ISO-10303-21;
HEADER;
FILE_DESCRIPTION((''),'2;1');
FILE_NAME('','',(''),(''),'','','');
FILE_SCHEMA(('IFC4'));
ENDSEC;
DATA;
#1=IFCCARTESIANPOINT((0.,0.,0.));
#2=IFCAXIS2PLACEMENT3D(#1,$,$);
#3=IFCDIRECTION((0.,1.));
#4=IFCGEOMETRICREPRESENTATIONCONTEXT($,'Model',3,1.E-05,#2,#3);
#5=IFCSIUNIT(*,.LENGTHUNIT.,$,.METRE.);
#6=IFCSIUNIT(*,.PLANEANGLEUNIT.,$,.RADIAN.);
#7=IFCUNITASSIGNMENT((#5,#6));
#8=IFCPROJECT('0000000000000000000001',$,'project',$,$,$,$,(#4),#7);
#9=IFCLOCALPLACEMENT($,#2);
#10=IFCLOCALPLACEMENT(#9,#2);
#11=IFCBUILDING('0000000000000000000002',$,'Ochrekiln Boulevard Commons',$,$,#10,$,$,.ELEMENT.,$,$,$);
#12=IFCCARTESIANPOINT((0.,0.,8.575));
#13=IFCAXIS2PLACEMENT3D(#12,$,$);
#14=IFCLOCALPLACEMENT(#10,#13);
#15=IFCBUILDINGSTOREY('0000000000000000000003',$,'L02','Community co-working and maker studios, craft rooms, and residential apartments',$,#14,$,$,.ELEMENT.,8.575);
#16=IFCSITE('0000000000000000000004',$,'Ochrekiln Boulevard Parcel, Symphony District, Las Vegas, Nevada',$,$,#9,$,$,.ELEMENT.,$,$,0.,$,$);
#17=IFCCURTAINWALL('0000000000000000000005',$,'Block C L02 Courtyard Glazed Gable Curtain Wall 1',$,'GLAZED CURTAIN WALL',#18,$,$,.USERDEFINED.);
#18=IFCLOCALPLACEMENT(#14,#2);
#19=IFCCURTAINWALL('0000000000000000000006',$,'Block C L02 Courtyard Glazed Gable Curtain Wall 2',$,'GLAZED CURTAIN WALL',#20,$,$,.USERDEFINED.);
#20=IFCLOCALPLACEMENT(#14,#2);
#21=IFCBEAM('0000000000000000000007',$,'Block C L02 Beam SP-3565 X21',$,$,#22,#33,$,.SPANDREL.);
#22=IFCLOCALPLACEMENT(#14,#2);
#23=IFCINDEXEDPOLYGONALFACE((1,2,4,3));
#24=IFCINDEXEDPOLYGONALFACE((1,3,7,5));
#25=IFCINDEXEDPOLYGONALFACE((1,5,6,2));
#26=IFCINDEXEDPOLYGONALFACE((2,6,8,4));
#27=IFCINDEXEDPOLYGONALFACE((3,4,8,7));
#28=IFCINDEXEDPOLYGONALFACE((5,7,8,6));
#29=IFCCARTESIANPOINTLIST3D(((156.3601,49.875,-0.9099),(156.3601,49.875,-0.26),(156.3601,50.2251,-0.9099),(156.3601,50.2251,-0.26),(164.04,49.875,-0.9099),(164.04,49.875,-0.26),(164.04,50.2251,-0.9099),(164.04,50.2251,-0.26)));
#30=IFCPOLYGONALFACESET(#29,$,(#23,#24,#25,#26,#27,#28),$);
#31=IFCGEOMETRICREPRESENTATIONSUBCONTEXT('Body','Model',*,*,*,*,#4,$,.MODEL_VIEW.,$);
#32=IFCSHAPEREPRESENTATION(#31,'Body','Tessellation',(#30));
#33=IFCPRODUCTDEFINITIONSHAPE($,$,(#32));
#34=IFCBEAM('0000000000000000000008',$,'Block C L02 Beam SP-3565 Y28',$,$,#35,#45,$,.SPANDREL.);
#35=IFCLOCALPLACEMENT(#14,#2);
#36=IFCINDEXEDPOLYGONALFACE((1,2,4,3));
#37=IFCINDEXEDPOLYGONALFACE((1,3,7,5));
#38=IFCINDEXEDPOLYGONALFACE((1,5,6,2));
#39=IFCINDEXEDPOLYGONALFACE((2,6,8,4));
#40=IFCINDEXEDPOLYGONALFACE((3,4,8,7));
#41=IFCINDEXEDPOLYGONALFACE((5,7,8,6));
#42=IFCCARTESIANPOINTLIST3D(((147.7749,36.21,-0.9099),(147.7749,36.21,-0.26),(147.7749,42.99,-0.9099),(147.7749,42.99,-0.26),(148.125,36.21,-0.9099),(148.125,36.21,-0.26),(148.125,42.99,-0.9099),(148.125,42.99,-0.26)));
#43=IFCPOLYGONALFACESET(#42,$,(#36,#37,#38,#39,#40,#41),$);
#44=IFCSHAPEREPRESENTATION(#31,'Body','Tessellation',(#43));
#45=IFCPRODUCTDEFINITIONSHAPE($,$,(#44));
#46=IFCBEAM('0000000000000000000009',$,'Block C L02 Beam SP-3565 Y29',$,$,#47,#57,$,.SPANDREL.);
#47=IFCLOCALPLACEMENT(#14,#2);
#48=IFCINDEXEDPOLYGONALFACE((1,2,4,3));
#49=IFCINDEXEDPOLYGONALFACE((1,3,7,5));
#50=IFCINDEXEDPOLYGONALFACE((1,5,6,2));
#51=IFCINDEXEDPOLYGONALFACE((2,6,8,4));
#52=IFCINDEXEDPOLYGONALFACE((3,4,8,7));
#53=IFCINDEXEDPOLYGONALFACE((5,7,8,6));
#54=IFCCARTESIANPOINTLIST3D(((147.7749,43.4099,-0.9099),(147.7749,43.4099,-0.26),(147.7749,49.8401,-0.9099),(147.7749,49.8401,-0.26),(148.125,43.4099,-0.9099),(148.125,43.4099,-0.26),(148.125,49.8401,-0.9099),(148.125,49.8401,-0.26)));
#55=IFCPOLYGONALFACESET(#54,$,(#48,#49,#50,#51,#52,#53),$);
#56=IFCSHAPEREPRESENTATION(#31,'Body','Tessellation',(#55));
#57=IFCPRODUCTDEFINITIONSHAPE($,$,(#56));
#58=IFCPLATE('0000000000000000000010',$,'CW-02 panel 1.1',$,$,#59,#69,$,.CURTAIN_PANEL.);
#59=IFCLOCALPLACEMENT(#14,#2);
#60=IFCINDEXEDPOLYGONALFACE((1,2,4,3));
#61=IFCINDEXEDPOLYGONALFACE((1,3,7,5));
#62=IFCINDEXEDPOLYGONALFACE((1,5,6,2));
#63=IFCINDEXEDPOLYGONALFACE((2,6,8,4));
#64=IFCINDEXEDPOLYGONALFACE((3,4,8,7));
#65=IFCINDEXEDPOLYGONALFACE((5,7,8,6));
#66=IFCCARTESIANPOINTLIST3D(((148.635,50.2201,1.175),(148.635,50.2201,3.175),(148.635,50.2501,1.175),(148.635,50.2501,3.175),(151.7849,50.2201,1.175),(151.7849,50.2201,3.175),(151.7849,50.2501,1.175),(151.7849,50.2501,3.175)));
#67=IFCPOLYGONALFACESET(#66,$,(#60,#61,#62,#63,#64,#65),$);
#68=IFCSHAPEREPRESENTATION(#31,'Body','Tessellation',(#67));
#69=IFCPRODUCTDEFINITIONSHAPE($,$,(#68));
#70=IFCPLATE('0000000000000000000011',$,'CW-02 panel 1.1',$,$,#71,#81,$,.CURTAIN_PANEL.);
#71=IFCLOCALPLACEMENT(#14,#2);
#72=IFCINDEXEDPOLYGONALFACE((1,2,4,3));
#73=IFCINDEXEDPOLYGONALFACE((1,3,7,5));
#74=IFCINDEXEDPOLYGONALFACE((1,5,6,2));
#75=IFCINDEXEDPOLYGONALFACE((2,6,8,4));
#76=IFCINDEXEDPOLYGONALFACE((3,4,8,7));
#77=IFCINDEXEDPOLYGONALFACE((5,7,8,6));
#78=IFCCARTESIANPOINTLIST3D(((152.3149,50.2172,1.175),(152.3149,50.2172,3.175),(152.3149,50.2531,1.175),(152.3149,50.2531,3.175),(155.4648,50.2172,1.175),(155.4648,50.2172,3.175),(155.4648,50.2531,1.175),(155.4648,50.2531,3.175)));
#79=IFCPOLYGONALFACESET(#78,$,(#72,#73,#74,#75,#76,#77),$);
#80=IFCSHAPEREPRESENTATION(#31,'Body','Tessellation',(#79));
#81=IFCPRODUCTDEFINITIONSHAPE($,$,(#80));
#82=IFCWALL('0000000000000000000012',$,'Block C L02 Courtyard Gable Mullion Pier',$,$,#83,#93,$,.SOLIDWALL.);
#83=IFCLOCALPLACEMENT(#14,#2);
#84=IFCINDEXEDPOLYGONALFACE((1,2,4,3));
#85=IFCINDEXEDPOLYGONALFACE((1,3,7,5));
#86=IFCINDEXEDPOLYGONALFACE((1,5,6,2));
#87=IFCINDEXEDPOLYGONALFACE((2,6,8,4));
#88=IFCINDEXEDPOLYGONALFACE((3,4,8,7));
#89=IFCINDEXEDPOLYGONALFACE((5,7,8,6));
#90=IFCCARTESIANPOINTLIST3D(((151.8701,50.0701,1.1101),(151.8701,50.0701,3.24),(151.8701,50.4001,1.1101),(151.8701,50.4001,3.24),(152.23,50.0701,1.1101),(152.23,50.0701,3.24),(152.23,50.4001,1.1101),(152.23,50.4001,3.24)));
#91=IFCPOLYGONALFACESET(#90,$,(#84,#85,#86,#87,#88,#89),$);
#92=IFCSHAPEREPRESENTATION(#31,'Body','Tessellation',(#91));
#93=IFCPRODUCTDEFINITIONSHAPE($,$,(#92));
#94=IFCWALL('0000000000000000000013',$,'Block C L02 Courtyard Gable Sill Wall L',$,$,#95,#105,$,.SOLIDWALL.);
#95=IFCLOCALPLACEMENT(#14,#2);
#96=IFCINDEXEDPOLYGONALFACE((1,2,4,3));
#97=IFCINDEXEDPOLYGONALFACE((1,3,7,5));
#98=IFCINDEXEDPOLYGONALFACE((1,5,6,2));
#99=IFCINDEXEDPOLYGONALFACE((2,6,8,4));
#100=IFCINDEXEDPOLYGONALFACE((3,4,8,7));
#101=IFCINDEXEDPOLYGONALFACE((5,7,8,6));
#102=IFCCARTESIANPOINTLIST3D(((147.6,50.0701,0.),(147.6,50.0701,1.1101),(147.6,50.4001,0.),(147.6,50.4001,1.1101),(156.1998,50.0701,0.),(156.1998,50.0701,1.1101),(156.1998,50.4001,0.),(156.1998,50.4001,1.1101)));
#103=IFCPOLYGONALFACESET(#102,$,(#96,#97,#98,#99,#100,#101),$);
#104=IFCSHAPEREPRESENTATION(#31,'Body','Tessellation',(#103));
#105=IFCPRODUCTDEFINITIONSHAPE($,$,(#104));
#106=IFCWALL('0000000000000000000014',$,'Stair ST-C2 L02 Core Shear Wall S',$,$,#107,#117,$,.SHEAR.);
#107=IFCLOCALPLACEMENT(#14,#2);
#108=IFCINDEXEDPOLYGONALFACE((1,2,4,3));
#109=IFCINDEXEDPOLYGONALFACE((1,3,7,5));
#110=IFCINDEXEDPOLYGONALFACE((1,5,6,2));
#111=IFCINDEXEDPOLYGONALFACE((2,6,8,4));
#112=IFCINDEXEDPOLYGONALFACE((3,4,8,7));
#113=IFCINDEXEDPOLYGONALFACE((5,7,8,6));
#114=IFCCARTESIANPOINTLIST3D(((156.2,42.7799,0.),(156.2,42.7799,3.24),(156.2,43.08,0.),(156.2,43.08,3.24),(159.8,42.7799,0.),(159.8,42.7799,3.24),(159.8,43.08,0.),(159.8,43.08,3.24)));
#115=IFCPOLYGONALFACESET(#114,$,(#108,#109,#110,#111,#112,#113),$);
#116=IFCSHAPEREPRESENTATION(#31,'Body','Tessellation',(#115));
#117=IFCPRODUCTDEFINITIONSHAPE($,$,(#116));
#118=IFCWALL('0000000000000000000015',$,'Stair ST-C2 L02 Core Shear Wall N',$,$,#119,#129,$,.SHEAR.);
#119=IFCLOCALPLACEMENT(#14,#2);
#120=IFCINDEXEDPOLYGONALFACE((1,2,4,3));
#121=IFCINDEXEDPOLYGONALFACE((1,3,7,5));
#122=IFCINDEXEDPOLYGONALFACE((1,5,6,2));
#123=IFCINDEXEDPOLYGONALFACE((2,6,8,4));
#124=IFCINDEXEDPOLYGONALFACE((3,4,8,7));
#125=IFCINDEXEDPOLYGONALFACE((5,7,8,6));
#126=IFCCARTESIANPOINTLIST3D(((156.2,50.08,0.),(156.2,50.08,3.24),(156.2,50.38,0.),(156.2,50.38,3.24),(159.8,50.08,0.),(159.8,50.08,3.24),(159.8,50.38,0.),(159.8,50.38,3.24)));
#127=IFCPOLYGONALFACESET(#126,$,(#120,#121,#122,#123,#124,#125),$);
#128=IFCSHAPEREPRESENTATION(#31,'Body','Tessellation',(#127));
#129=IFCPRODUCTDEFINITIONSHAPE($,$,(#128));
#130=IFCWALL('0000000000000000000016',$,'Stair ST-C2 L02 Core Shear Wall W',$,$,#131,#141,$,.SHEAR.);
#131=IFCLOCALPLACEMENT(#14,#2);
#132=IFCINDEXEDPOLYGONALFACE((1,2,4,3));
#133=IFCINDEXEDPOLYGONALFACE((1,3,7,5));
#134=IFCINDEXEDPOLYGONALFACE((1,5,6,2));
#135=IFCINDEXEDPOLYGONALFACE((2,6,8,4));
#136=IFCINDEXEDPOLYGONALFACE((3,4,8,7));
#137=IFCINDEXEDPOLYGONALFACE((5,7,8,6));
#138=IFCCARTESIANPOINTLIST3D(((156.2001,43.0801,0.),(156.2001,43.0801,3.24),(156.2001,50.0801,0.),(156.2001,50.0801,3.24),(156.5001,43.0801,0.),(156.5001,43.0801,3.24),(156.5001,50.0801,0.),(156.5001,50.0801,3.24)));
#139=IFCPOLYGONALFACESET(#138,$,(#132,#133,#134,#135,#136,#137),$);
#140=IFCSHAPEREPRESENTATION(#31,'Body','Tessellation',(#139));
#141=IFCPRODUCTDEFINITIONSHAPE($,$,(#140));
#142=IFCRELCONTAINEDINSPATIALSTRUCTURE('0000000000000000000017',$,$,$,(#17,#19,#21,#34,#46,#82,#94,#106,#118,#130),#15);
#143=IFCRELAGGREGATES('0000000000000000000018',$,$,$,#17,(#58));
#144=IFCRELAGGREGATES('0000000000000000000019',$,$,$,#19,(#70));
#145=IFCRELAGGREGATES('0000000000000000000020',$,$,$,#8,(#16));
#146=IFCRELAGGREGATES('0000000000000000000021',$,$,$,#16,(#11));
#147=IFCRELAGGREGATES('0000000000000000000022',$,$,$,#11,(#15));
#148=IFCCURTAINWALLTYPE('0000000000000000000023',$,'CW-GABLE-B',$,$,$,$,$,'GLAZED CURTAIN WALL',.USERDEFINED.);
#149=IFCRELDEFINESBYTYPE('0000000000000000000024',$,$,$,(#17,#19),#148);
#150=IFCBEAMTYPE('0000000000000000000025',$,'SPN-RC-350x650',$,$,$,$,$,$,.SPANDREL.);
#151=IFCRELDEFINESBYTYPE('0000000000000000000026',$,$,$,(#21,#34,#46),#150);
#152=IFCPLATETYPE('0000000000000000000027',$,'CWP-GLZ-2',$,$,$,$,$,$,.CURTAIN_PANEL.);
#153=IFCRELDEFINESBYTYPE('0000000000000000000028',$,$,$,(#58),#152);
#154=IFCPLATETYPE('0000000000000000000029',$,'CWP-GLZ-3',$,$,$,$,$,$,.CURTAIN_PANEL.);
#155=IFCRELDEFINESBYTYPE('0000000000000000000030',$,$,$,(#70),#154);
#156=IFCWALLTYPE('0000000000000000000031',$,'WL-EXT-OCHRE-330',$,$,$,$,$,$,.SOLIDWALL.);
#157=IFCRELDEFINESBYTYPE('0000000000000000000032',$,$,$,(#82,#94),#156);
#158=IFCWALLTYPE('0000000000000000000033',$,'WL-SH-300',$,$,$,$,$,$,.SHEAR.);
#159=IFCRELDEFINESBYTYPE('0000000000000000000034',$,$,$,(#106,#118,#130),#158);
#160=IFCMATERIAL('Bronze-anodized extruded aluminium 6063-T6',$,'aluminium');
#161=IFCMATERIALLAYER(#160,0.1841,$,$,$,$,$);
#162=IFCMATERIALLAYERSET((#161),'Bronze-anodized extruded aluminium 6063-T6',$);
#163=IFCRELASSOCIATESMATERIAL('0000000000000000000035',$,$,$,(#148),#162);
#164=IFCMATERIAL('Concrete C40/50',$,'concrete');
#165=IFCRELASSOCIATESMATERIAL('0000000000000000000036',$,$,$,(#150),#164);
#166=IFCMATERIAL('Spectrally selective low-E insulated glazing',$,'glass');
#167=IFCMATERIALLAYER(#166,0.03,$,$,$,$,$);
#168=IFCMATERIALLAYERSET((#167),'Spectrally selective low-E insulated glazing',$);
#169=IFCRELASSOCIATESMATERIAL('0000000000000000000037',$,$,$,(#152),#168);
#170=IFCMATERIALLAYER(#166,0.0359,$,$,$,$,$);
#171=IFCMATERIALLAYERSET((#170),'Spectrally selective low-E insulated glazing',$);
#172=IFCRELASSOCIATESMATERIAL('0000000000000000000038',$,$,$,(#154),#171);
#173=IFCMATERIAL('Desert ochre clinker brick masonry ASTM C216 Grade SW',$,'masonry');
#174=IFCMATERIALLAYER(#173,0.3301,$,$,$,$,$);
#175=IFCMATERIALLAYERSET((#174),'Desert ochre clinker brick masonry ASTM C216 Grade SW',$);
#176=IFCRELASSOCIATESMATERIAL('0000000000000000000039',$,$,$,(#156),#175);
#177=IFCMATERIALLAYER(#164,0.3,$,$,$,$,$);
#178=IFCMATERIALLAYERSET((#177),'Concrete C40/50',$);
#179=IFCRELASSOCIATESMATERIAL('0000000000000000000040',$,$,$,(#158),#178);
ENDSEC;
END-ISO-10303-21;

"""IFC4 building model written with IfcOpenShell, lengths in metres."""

from ifc_helpers import new_model, si_unit, direction, frame, frame_2d, origin, origin_2d, place, context, subcontext, project, spatial, rectangle, extrude, material, layer, layer_set, material_profile, profile_set, type_object, element, aggregate, save


model = new_model("IFC4")

# Units and contexts
model_context = context("Model", 3, precision=1e-05, world=origin(), true_north=direction((0.0, 1.0)))
body_context = subcontext(model_context, "Body", "Model", "MODEL_VIEW")
ifc_project = project(units=[si_unit("LENGTHUNIT", "METRE"), si_unit("PLANEANGLEUNIT", "RADIAN")], contexts=[model_context])

# Site, building, storey
site_placement = place(None, origin())
site = spatial("IfcSite", under=ifc_project, at=site_placement, Name="Ochrekiln Boulevard Parcel, Symphony District, Las Vegas, Nevada", CompositionType="ELEMENT", RefElevation=0.0)
building_placement = place(site_placement, origin())
building = spatial("IfcBuilding", under=site, at=building_placement, Name="Ochrekiln Boulevard Commons", CompositionType="ELEMENT")
storey_placement = place(building_placement, frame((0.0, 0.0, 8.575)))
storey = spatial("IfcBuildingStorey", under=building, at=storey_placement, Name="L02", Description="Community co-working and maker studios, craft rooms, and residential apartments", CompositionType="ELEMENT", Elevation=8.575)

# Shared definitions
ifc_material_1 = material(Name="Concrete C40/50", Category="concrete")

# Curtain walls
ifc_material_2 = material(Name="Bronze-anodized extruded aluminium 6063-T6", Category="aluminium")
ifc_layer_1 = layer(ifc_material_2, 0.1841)
ifc_layer_set_1 = layer_set([ifc_layer_1], Name="Bronze-anodized extruded aluminium 6063-T6")
curtain_wall_type = type_object("IfcCurtainWallType", Name="CW-GABLE-B", ElementType="GLAZED CURTAIN WALL", PredefinedType="USERDEFINED", material=ifc_layer_set_1)
curtain_wall_1_placement = place(storey_placement, origin())
curtain_wall_1 = element("IfcCurtainWall", 1, at=curtain_wall_1_placement, inside=storey, type_object=curtain_wall_type, Name="Block C L02 Courtyard Glazed Gable Curtain Wall 1", ObjectType="GLAZED CURTAIN WALL", PredefinedType="USERDEFINED")
curtain_wall_2_placement = place(storey_placement, origin())
curtain_wall_2 = element("IfcCurtainWall", 2, at=curtain_wall_2_placement, inside=storey, type_object=curtain_wall_type, Name="Block C L02 Courtyard Glazed Gable Curtain Wall 2", ObjectType="GLAZED CURTAIN WALL", PredefinedType="USERDEFINED")

# Beams
ifc_material_profile_1 = material_profile(ifc_material_1, rectangle(XDim=0.3501, YDim=0.6499, at=origin_2d()), Name="RC-SPN-350x650")
ifc_profile_set_1 = profile_set([ifc_material_profile_1], Name="Concrete C40/50")
beam_type_1 = type_object("IfcBeamType", Name="SPN-RC-350x650", PredefinedType="SPANDREL", material=ifc_profile_set_1)
beam_1_placement = place(storey_placement, frame((156.3601, 50.05, -0.585), z_axis=(1.0, 0.0, 0.0), x_axis=(0.0, 1.0, 0.0)))
element("IfcBeam", 3, at=beam_1_placement, inside=storey, type_object=beam_type_1, Name="Block C L02 Beam SP-3565 X21", PredefinedType="SPANDREL", context=body_context, shape_type="SweptSolid", body=[
    extrude(rectangle(XDim=0.3501, YDim=0.6499, at=origin_2d()), origin(), (0.0, 0.0, 1.0), 7.6799),
])
beam_2_placement = place(storey_placement, frame((147.95, 36.21, -0.585), z_axis=(0.0, 1.0, 0.0), x_axis=(-1.0, 0.0, 0.0)))
element("IfcBeam", 4, at=beam_2_placement, inside=storey, type_object=beam_type_1, Name="Block C L02 Beam SP-3565 Y28", PredefinedType="SPANDREL", context=body_context, shape_type="SweptSolid", body=[
    extrude(rectangle(XDim=0.3501, YDim=0.6499, at=origin_2d()), origin(), (0.0, 0.0, 1.0), 6.78),
])
beam_3_placement = place(storey_placement, frame((147.95, 43.4099, -0.585), z_axis=(0.0, 1.0, 0.0), x_axis=(-1.0, 0.0, 0.0)))
element("IfcBeam", 5, at=beam_3_placement, inside=storey, type_object=beam_type_1, Name="Block C L02 Beam SP-3565 Y29", PredefinedType="SPANDREL", context=body_context, shape_type="SweptSolid", body=[
    extrude(rectangle(XDim=0.3501, YDim=0.6499, at=origin_2d()), origin(), (0.0, 0.0, 1.0), 6.4302),
])

# Plates
ifc_material_3 = material(Name="Spectrally selective low-E insulated glazing", Category="glass")
ifc_layer_2 = layer(ifc_material_3, 0.03)
ifc_layer_set_2 = layer_set([ifc_layer_2], Name="Spectrally selective low-E insulated glazing")
plate_type_1 = type_object("IfcPlateType", Name="CWP-GLZ-2", PredefinedType="CURTAIN_PANEL", material=ifc_layer_set_2)
plate_1_placement = place(storey_placement, frame((150.21, 50.2351, 1.175), z_axis=(0.0, 0.0, 1.0), x_axis=(1.0, 0.0, 0.0)))
plate_1 = element("IfcPlate", 6, at=plate_1_placement, type_object=plate_type_1, Name="CW-02 panel 1.1", PredefinedType="CURTAIN_PANEL", context=body_context, shape_type="SweptSolid", body=[
    extrude(rectangle(XDim=3.1499, YDim=0.03, at=origin_2d()), origin(), (0.0, 0.0, 1.0), 2.0),
])
aggregate(curtain_wall_1, [plate_1])
ifc_layer_3 = layer(ifc_material_3, 0.0359)
ifc_layer_set_3 = layer_set([ifc_layer_3], Name="Spectrally selective low-E insulated glazing")
plate_type_2 = type_object("IfcPlateType", Name="CWP-GLZ-3", PredefinedType="CURTAIN_PANEL", material=ifc_layer_set_3)
plate_2_placement = place(storey_placement, frame((153.8899, 50.2351, 1.175), z_axis=(0.0, 0.0, 1.0), x_axis=(1.0, 0.0, 0.0)))
plate_2 = element("IfcPlate", 7, at=plate_2_placement, type_object=plate_type_2, Name="CW-02 panel 1.1", PredefinedType="CURTAIN_PANEL", context=body_context, shape_type="SweptSolid", body=[
    extrude(rectangle(XDim=3.1499, YDim=0.0359, at=origin_2d()), origin(), (0.0, 0.0, 1.0), 2.0),
])
aggregate(curtain_wall_2, [plate_2])

# Walls
ifc_material_4 = material(Name="Desert ochre clinker brick masonry ASTM C216 Grade SW", Category="masonry")
ifc_layer_4 = layer(ifc_material_4, 0.3301)
ifc_layer_set_4 = layer_set([ifc_layer_4], Name="Desert ochre clinker brick masonry ASTM C216 Grade SW")
wall_type_1 = type_object("IfcWallType", Name="WL-EXT-OCHRE-330", PredefinedType="SOLIDWALL", material=ifc_layer_set_4)
wall_1_placement = place(storey_placement, frame((151.8701, 50.2351, 1.1101), z_axis=(0.0, 0.0, 1.0), x_axis=(1.0, 0.0, 0.0)))
element("IfcWall", 8, at=wall_1_placement, inside=storey, type_object=wall_type_1, Name="Block C L02 Courtyard Gable Mullion Pier", PredefinedType="SOLIDWALL", context=body_context, shape_type="SweptSolid", body=[
    extrude(rectangle(XDim=0.3599, YDim=0.3301, at=frame_2d((0.1799, 0.0))), origin(), (0.0, 0.0, 1.0), 2.1299),
])
wall_2_placement = place(storey_placement, frame((147.6001, 50.2351, 0.0), z_axis=(0.0, 0.0, 1.0), x_axis=(1.0, 0.0, 0.0)))
element("IfcWall", 9, at=wall_2_placement, inside=storey, type_object=wall_type_1, Name="Block C L02 Courtyard Gable Sill Wall L", PredefinedType="SOLIDWALL", context=body_context, shape_type="SweptSolid", body=[
    extrude(rectangle(XDim=8.5999, YDim=0.3301, at=frame_2d((4.2998, 0.0))), origin(), (0.0, 0.0, 1.0), 1.1101),
])
ifc_layer_5 = layer(ifc_material_1, 0.3)
ifc_layer_set_5 = layer_set([ifc_layer_5], Name="Concrete C40/50")
wall_type_2 = type_object("IfcWallType", Name="WL-SH-300", PredefinedType="SHEAR", material=ifc_layer_set_5)
for number, where, z_axis, x_axis, name in (
    (10, (156.2, 42.9299, 0.0), (0.0, 0.0, 1.0), (1.0, 0.0, 0.0), "Stair ST-C2 L02 Core Shear Wall S"),
    (11, (156.2, 50.23, 0.0), (0.0, 0.0, 1.0), (1.0, 0.0, 0.0), "Stair ST-C2 L02 Core Shear Wall N"),
):
    element("IfcWall", number, at=place(storey_placement, frame(where, z_axis=z_axis, x_axis=x_axis)), inside=storey, type_object=wall_type_2, Name=name, PredefinedType="SHEAR", context=body_context, shape_type="SweptSolid", body=[
        extrude(rectangle(XDim=3.6001, YDim=0.3, at=frame_2d((1.8, 0.0))), origin(), (0.0, 0.0, 1.0), 3.24),
    ])
wall_3_placement = place(storey_placement, frame((156.3501, 43.0801, 0.0), z_axis=(0.0, 0.0, 1.0), x_axis=(0.0, 1.0, 0.0)))
element("IfcWall", 12, at=wall_3_placement, inside=storey, type_object=wall_type_2, Name="Stair ST-C2 L02 Core Shear Wall W", PredefinedType="SHEAR", context=body_context, shape_type="SweptSolid", body=[
    extrude(rectangle(XDim=7.0, YDim=0.3, at=frame_2d((3.5, 0.0))), origin(), (0.0, 0.0, 1.0), 3.24),
])

save(model, "model.ifc")
